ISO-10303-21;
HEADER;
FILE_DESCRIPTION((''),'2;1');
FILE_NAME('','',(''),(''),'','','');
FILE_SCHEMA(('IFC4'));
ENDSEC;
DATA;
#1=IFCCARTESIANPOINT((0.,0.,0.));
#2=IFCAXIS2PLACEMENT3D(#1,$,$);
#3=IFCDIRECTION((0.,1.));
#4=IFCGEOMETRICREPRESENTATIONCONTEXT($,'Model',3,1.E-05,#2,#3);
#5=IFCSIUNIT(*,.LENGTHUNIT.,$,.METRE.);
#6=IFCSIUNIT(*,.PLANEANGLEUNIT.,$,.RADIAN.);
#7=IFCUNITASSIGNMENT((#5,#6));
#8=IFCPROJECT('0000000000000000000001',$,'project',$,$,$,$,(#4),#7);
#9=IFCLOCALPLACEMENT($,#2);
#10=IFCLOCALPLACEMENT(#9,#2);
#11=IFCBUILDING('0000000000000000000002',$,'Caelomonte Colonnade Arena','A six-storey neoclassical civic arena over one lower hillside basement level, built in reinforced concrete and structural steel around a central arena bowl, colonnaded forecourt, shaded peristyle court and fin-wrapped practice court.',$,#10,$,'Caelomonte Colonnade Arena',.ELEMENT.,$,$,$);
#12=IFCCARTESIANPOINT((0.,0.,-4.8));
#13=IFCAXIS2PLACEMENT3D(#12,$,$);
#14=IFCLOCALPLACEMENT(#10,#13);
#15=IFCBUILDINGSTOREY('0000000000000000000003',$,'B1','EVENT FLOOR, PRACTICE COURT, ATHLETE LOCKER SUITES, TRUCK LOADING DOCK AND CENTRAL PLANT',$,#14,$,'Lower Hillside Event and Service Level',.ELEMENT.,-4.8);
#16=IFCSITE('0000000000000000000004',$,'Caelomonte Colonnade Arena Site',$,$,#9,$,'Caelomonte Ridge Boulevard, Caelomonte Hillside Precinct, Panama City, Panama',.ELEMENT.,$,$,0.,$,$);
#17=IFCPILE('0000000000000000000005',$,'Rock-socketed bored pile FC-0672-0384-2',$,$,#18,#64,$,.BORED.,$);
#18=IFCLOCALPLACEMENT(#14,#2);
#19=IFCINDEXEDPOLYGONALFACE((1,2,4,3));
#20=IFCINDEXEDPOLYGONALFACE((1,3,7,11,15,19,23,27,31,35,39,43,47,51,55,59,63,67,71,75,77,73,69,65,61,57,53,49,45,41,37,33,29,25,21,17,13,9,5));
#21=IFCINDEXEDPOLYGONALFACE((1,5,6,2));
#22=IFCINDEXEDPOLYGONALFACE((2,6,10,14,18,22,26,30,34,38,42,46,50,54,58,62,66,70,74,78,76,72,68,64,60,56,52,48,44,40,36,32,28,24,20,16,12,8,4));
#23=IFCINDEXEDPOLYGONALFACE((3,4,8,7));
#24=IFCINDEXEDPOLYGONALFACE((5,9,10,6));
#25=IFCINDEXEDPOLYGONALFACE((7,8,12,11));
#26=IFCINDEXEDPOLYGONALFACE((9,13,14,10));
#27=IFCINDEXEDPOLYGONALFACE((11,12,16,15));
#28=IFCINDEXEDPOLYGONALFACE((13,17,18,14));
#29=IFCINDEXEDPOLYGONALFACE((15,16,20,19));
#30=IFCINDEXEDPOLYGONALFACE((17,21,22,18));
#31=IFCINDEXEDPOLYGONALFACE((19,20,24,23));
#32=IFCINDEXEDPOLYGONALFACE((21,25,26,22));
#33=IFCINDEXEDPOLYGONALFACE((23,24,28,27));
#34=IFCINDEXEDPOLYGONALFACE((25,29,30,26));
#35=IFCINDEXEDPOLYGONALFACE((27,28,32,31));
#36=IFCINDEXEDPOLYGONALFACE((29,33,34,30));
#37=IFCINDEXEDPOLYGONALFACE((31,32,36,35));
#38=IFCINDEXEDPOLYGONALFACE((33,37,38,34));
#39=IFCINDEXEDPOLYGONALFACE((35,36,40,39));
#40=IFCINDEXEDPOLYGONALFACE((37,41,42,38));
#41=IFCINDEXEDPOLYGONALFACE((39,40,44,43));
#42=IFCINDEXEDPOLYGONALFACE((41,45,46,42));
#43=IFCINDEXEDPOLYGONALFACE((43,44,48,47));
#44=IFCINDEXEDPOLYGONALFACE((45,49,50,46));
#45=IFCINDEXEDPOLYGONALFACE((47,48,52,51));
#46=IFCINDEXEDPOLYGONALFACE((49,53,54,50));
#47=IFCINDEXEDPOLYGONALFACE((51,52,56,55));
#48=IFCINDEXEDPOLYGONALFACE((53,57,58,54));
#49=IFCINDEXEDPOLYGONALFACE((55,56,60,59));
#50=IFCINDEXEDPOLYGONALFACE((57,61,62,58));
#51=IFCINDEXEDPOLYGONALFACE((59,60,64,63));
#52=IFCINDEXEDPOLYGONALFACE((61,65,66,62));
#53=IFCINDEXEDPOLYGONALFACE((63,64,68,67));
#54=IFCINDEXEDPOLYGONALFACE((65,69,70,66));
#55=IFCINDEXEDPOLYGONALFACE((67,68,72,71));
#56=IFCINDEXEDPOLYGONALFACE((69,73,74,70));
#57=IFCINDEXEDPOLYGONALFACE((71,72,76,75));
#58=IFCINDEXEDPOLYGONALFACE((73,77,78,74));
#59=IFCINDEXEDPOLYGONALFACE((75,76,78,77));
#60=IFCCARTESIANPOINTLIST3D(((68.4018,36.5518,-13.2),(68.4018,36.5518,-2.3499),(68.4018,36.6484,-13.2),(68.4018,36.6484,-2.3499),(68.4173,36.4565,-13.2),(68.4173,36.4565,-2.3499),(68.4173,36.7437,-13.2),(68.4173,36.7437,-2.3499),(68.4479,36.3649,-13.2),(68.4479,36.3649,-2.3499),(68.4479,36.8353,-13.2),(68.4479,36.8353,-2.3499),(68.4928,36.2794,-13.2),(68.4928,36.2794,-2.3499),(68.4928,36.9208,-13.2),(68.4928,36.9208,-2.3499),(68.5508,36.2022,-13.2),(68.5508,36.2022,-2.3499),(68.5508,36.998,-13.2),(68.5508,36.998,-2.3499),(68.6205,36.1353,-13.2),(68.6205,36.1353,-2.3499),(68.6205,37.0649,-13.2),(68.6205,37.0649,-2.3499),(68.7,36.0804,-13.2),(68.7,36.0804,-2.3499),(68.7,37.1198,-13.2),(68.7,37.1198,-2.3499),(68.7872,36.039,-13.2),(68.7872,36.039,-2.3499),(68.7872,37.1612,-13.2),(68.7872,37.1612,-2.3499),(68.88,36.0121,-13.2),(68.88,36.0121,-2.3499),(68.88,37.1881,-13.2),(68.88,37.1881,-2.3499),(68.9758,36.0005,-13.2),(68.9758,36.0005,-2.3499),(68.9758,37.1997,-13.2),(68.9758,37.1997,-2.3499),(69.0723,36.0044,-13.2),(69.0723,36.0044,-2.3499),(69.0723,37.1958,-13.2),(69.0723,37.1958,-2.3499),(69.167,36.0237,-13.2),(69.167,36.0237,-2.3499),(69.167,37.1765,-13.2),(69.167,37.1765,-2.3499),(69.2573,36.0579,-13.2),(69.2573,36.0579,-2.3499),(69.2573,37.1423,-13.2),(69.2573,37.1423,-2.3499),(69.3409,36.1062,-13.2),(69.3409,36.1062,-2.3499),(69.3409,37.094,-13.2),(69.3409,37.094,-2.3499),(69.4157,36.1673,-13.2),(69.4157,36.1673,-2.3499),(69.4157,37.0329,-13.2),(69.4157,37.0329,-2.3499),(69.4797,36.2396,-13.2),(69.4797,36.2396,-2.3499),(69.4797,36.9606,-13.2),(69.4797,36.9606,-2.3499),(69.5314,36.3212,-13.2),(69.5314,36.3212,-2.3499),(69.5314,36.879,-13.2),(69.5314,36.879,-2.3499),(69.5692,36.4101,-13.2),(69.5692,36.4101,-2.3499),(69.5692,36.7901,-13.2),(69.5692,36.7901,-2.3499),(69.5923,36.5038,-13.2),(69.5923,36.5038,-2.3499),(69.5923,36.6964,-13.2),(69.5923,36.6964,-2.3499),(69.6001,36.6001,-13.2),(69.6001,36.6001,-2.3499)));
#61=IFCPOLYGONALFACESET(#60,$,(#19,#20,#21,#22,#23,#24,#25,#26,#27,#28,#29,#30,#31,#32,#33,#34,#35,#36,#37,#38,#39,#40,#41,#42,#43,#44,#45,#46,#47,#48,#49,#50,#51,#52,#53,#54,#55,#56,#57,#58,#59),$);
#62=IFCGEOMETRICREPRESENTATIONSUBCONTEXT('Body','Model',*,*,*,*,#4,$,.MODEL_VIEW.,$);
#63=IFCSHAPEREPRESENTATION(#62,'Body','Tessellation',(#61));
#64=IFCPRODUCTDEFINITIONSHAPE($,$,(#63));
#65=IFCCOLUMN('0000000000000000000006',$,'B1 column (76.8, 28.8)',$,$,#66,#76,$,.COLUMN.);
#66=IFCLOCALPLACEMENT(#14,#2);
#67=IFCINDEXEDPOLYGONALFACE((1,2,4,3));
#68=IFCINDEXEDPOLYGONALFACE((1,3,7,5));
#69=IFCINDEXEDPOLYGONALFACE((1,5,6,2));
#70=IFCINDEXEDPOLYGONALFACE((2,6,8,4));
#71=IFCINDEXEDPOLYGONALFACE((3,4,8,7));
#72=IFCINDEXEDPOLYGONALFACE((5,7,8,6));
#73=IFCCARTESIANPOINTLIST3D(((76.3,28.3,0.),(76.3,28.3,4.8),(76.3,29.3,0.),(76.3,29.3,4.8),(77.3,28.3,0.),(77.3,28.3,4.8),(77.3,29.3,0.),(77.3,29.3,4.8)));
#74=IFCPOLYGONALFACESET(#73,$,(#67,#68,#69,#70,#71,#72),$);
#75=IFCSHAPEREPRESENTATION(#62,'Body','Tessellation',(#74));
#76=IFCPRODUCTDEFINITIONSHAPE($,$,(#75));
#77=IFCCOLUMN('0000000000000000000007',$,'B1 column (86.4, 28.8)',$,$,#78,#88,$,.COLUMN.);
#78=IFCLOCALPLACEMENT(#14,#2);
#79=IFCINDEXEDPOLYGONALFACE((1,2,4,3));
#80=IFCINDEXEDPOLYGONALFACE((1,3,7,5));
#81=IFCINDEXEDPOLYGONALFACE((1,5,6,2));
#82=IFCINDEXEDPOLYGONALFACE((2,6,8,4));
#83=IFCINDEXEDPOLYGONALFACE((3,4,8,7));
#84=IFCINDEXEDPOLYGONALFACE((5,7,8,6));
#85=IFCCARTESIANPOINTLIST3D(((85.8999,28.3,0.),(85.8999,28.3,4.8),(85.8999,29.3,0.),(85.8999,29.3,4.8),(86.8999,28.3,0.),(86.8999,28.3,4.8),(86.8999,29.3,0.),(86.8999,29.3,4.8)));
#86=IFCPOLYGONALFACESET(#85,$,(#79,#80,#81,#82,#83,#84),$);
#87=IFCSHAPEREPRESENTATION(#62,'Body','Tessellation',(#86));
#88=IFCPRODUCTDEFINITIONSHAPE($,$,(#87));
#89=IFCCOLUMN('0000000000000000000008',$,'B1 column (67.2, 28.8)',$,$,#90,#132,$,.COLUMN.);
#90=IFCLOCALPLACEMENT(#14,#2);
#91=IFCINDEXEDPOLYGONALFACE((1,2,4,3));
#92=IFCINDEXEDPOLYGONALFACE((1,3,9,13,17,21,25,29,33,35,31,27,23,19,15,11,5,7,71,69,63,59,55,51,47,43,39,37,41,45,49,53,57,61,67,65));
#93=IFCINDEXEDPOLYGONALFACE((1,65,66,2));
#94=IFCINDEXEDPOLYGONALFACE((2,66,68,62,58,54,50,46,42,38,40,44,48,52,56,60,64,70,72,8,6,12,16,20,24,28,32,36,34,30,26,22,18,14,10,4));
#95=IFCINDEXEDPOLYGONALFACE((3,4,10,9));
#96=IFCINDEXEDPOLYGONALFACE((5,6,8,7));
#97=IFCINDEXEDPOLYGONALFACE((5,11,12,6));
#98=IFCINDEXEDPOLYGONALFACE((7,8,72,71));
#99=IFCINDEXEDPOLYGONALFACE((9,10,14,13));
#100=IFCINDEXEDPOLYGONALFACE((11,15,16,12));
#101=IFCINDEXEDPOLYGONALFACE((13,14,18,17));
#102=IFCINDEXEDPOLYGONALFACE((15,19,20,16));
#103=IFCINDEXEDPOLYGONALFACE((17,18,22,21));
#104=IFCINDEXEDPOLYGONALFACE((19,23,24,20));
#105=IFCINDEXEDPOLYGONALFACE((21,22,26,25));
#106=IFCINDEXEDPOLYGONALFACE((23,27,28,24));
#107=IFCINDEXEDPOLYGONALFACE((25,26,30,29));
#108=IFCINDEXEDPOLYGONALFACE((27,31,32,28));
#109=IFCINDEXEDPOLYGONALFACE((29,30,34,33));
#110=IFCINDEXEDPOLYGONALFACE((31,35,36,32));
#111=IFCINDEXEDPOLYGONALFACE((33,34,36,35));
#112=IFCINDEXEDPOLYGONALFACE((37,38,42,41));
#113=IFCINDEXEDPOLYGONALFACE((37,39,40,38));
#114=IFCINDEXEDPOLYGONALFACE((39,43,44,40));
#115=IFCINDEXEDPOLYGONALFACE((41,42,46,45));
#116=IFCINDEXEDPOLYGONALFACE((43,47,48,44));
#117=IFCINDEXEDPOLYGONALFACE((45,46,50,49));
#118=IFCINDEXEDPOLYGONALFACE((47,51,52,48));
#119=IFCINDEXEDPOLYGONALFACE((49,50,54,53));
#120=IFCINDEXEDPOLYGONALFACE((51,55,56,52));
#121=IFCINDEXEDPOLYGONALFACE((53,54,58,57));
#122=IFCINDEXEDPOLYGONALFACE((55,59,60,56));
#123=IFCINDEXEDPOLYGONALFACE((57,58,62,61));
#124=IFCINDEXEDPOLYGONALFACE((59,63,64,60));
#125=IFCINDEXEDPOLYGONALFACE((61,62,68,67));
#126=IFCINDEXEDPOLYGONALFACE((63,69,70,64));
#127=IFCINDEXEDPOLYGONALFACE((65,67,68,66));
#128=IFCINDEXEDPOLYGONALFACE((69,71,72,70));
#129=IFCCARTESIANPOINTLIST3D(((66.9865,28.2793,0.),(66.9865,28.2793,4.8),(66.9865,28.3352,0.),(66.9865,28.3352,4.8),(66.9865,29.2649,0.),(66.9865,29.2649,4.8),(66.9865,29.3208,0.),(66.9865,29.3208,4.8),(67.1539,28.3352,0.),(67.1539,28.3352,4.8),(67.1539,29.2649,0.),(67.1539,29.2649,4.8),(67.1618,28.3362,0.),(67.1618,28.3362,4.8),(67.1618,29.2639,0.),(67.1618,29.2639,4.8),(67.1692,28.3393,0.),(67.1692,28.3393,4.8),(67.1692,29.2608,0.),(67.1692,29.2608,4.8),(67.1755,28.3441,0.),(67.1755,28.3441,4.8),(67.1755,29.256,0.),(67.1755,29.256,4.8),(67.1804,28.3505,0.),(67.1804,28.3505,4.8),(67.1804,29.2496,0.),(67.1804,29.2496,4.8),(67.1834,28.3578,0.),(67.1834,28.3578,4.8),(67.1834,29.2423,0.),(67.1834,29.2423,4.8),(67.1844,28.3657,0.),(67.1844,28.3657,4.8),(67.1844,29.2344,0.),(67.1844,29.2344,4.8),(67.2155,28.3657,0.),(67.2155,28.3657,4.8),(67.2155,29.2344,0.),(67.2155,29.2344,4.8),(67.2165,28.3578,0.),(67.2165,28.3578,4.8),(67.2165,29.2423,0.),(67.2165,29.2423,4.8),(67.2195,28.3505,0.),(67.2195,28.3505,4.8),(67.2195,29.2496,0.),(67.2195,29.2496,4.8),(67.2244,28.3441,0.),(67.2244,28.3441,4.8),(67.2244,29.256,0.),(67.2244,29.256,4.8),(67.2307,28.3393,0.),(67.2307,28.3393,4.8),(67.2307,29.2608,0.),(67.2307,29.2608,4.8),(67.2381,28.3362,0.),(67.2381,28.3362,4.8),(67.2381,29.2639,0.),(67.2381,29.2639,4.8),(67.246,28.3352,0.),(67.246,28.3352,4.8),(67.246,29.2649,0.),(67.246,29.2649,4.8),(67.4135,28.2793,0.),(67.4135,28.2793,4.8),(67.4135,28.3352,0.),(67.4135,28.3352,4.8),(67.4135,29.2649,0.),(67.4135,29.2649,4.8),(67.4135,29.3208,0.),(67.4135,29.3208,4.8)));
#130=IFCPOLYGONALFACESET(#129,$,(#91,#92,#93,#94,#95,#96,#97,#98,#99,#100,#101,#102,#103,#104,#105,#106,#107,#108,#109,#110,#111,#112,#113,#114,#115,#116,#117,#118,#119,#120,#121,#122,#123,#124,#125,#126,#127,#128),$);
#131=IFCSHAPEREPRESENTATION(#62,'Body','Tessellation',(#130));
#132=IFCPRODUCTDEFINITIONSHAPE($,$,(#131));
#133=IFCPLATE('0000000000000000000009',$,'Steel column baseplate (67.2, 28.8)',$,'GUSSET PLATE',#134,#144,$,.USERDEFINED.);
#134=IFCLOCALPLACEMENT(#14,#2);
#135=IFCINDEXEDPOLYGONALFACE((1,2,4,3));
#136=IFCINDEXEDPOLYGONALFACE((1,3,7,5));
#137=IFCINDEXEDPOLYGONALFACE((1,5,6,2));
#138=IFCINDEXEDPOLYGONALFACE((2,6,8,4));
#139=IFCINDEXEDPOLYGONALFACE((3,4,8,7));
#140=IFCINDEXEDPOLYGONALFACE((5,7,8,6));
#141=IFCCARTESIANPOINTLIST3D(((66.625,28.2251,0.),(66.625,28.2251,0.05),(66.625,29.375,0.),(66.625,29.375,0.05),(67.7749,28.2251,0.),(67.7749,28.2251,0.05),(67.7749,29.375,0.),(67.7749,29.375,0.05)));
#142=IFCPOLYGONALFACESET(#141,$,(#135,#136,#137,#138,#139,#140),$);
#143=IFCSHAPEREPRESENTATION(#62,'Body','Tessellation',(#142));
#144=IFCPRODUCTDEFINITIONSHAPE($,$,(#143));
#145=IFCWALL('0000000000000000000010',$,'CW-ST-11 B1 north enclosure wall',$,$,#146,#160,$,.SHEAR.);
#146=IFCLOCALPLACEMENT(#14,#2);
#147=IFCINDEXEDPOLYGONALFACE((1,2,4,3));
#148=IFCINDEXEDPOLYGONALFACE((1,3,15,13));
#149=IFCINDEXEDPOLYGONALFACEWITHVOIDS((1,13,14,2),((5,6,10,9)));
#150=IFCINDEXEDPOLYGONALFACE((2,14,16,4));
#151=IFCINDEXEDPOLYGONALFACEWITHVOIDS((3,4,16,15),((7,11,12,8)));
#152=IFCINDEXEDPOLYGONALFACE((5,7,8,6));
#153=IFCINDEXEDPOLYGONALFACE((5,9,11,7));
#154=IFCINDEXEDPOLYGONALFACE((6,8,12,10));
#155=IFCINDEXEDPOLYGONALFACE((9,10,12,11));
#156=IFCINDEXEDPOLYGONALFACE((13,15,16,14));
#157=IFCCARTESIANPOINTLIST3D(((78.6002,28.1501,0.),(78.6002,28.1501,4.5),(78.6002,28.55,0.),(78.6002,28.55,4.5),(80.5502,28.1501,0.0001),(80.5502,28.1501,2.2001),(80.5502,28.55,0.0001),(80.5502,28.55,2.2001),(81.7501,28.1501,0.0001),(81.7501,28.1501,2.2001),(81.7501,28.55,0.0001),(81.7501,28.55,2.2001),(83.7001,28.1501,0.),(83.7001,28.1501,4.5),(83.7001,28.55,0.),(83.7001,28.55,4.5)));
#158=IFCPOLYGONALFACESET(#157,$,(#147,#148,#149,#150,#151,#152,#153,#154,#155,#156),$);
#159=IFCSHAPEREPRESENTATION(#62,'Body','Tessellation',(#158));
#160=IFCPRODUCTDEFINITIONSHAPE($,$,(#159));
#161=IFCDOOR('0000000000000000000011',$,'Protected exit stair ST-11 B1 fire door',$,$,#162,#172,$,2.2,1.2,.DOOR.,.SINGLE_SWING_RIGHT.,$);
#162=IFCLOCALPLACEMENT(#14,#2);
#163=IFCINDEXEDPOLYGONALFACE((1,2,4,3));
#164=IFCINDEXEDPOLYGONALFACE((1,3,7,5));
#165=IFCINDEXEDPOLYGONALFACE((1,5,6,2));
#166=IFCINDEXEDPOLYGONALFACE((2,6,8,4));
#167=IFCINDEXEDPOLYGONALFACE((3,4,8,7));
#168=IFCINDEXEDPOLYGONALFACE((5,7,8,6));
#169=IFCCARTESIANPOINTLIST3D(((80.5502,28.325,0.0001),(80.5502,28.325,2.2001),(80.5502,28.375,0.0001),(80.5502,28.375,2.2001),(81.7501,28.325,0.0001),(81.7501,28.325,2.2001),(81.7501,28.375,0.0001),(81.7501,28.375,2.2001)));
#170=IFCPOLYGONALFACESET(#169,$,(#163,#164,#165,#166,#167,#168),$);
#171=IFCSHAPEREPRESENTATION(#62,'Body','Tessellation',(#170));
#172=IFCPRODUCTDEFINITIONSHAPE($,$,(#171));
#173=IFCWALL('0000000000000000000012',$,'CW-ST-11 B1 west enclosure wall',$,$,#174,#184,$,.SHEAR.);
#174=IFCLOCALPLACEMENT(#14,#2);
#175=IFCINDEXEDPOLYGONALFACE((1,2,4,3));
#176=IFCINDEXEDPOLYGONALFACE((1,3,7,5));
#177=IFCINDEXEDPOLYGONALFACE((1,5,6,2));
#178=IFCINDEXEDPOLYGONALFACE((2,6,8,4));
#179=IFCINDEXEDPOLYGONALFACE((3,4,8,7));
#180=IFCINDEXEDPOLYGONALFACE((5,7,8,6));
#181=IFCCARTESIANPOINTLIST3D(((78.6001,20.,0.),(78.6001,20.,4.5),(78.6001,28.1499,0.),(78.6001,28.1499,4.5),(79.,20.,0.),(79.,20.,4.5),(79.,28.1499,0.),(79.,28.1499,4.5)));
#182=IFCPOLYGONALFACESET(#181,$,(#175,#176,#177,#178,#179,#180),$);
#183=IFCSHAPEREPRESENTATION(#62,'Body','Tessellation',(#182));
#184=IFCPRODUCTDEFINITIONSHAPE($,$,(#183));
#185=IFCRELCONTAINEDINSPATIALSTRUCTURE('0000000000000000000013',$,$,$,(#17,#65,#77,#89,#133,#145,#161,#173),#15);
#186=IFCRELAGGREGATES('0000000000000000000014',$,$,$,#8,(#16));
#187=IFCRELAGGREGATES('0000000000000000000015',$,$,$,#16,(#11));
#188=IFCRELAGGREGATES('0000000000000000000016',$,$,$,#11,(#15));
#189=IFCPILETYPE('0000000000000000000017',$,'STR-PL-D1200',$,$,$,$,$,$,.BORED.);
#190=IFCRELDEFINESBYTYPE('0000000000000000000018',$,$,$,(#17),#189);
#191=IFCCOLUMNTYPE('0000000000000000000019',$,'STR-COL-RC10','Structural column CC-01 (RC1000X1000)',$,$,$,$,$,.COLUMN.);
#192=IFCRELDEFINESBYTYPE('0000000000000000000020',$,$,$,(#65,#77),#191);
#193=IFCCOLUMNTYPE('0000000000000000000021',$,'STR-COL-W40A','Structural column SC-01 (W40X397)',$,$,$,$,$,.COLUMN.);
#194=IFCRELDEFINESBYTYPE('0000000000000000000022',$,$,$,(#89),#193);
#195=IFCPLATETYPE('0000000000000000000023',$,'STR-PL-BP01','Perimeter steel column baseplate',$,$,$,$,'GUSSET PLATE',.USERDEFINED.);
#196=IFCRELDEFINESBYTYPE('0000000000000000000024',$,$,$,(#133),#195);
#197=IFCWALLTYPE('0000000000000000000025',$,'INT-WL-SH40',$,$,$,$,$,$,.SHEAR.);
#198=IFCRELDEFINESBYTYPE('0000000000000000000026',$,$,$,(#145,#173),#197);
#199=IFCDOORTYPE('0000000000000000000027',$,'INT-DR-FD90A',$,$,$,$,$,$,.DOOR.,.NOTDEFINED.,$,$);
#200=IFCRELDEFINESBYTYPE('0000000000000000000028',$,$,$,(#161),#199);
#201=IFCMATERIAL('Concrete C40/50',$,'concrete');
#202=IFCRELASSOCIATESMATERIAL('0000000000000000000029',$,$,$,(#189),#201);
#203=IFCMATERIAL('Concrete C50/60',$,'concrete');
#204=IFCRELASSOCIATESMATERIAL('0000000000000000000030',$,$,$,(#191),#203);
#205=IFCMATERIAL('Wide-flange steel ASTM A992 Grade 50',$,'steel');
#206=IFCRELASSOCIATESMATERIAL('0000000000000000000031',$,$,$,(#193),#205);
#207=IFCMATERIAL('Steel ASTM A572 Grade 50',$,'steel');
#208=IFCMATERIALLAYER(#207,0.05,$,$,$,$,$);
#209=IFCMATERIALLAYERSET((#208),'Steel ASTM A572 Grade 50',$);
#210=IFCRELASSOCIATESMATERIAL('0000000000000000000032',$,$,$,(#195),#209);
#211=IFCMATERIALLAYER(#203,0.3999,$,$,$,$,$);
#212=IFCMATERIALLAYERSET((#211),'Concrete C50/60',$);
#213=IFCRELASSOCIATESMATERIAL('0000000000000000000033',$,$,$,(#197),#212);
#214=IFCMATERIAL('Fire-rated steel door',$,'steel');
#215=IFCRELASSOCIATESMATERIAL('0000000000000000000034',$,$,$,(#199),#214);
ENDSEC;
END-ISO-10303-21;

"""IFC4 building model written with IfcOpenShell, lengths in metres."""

from ifc_helpers import new_model, si_unit, direction, frame, frame_2d, origin, origin_2d, place, context, subcontext, project, spatial, rectangle, circle, i_section, extrude, material, layer, layer_set, material_profile, profile_set, type_object, element, fill, save


model = new_model("IFC4")

# Units and contexts
model_context = context("Model", 3, precision=1e-05, world=origin(), true_north=direction((0.0, 1.0)))
body_context = subcontext(model_context, "Body", "Model", "MODEL_VIEW")
ifc_project = project(units=[si_unit("LENGTHUNIT", "METRE"), si_unit("PLANEANGLEUNIT", "RADIAN")], contexts=[model_context])

# Site, building, storey
site_placement = place(None, origin())
site = spatial("IfcSite", under=ifc_project, at=site_placement, Name="Caelomonte Colonnade Arena Site", LongName="Caelomonte Ridge Boulevard, Caelomonte Hillside Precinct, Panama City, Panama", CompositionType="ELEMENT", RefElevation=0.0)
building_placement = place(site_placement, origin())
building = spatial("IfcBuilding", under=site, at=building_placement, Name="Caelomonte Colonnade Arena", Description="A six-storey neoclassical civic arena over one lower hillside basement level, built in reinforced concrete and structural steel around a central arena bowl, colonnaded forecourt, shaded peristyle court and fin-wrapped practice court.", LongName="Caelomonte Colonnade Arena", CompositionType="ELEMENT")
storey_placement = place(building_placement, frame((0.0, 0.0, -4.8)))
storey = spatial("IfcBuildingStorey", under=building, at=storey_placement, Name="B1", Description="EVENT FLOOR, PRACTICE COURT, ATHLETE LOCKER SUITES, TRUCK LOADING DOCK AND CENTRAL PLANT", LongName="Lower Hillside Event and Service Level", CompositionType="ELEMENT", Elevation=-4.8)

# Shared definitions
ifc_material_1 = material(Name="Concrete C40/50", Category="concrete")

# Pile
ifc_material_profile_1 = material_profile(ifc_material_1, circle(Radius=0.6001, at=origin_2d()), Name="PILE-D1200")
ifc_profile_set_1 = profile_set([ifc_material_profile_1], Name="Concrete C40/50")
pile_type_1 = type_object("IfcPileType", Name="STR-PL-D1200", PredefinedType="BORED", material=ifc_profile_set_1)
for number, where, z_axis, x_axis, name in (
    (1, (69.0, 36.6001, -2.3499), (0.0, 0.0, -1.0), (1.0, 0.0, 0.0), "Rock-socketed bored pile FC-0672-0384-2"),
):
    element("IfcPile", number, at=place(storey_placement, frame(where, z_axis=z_axis, x_axis=x_axis)), inside=storey, type_object=pile_type_1, Name=name, PredefinedType="BORED", context=body_context, shape_type="SweptSolid", body=[
        extrude(circle(Radius=0.6001, at=origin_2d()), origin(), (0.0, 0.0, 1.0), 10.8501),
    ])

# Columns
ifc_material_2 = material(Name="Concrete C50/60", Category="concrete")
ifc_material_profile_2 = material_profile(ifc_material_2, rectangle(XDim=1.0, YDim=1.0, at=origin_2d()), Name="RC1000X1000")
ifc_profile_set_2 = profile_set([ifc_material_profile_2], Name="Concrete C50/60")
column_type_1 = type_object("IfcColumnType", Name="STR-COL-RC10", Description="Structural column CC-01 (RC1000X1000)", PredefinedType="COLUMN", material=ifc_profile_set_2)
for number, where, z_axis, x_axis, name in (
    (2, (76.8, 28.8, 0.0), (0.0, 0.0, 1.0), (1.0, 0.0, 0.0), "B1 column (76.8, 28.8)"),
    (3, (86.3999, 28.8, 0.0), (0.0, 0.0, 1.0), (1.0, 0.0, 0.0), "B1 column (86.4, 28.8)"),
):
    element("IfcColumn", number, at=place(storey_placement, frame(where, z_axis=z_axis, x_axis=x_axis)), inside=storey, type_object=column_type_1, Name=name, PredefinedType="COLUMN", context=body_context, shape_type="SweptSolid", body=[
        extrude(rectangle(XDim=1.0, YDim=1.0, at=origin_2d()), origin(), (0.0, 0.0, 1.0), 4.8),
    ])
ifc_material_3 = material(Name="Wide-flange steel ASTM A992 Grade 50", Category="steel")
ifc_material_profile_3 = material_profile(ifc_material_3, i_section(OverallWidth=0.427, OverallDepth=1.0415, WebThickness=0.031, FlangeThickness=0.0559, FilletRadius=0.0305, at=origin_2d()), Name="W40X397")
ifc_profile_set_3 = profile_set([ifc_material_profile_3], Name="Wide-flange steel ASTM A992 Grade 50")
column_type_2 = type_object("IfcColumnType", Name="STR-COL-W40A", Description="Structural column SC-01 (W40X397)", PredefinedType="COLUMN", material=ifc_profile_set_3)
column_placement = place(storey_placement, frame((67.2, 28.8, 0.0), z_axis=(0.0, 0.0, 1.0), x_axis=(1.0, 0.0, 0.0)))
element("IfcColumn", 4, at=column_placement, inside=storey, type_object=column_type_2, Name="B1 column (67.2, 28.8)", PredefinedType="COLUMN", context=body_context, shape_type="SweptSolid", body=[
    extrude(i_section(OverallWidth=0.427, OverallDepth=1.0415, WebThickness=0.031, FlangeThickness=0.0559, FilletRadius=0.0305, at=origin_2d()), origin(), (0.0, 0.0, 1.0), 4.8),
])

# Plate
ifc_material_4 = material(Name="Steel ASTM A572 Grade 50", Category="steel")
ifc_layer_1 = layer(ifc_material_4, 0.05)
ifc_layer_set_1 = layer_set([ifc_layer_1], Name="Steel ASTM A572 Grade 50")
plate_type = type_object("IfcPlateType", Name="STR-PL-BP01", Description="Perimeter steel column baseplate", ElementType="GUSSET PLATE", PredefinedType="USERDEFINED", material=ifc_layer_set_1)
plate_placement = place(storey_placement, frame((67.2, 28.8, 0.0), z_axis=(0.0, 0.0, 1.0), x_axis=(1.0, 0.0, 0.0)))
element("IfcPlate", 5, at=plate_placement, inside=storey, type_object=plate_type, Name="Steel column baseplate (67.2, 28.8)", ObjectType="GUSSET PLATE", PredefinedType="USERDEFINED", context=body_context, shape_type="SweptSolid", body=[
    extrude(rectangle(XDim=1.1499, YDim=1.1499, at=origin_2d()), origin(), (0.0, 0.0, 1.0), 0.05),
])

# Wall, opening, door
ifc_layer_2 = layer(ifc_material_2, 0.3999)
ifc_layer_set_2 = layer_set([ifc_layer_2], Name="Concrete C50/60")
wall_type = type_object("IfcWallType", Name="INT-WL-SH40", PredefinedType="SHEAR", material=ifc_layer_set_2)
wall_1_placement = place(storey_placement, frame((83.7, 28.3501, 0.0), z_axis=(0.0, 0.0, 1.0), x_axis=(-1.0, 0.0, 0.0)))
wall_1 = element("IfcWall", 6, at=wall_1_placement, inside=storey, type_object=wall_type, Name="CW-ST-11 B1 north enclosure wall", PredefinedType="SHEAR", context=body_context, shape_type="SweptSolid", body=[
    extrude(rectangle(XDim=5.0999, YDim=0.3999, at=frame_2d((2.5498, 0.0))), origin(), (0.0, 0.0, 1.0), 4.5),
])
opening_placement = place(wall_1_placement, frame((3.1499, 0.0, 0.0), z_axis=(0.0, 0.0, 1.0), x_axis=(-1.0, 0.0, 0.0)))
opening = element("IfcOpeningElement", 7, at=opening_placement, cuts=wall_1, PredefinedType="OPENING", context=body_context, shape_type="SweptSolid", body=[
    extrude(rectangle(XDim=1.2, YDim=2.2, at=frame_2d((0.6001, 1.1001))), frame((0.0, 0.21, 0.0), z_axis=(0.0, -1.0, 0.0), x_axis=(1.0, 0.0, 0.0)), (0.0, 0.0, 1.0), 0.4199),
])
ifc_material_5 = material(Name="Fire-rated steel door", Category="steel")
door_type = type_object("IfcDoorType", Name="INT-DR-FD90A", OperationType="NOTDEFINED", PredefinedType="DOOR", material=ifc_material_5)
door_placement = place(opening_placement, origin())
door = element("IfcDoor", 8, at=door_placement, inside=storey, type_object=door_type, Name="Protected exit stair ST-11 B1 fire door", OperationType="SINGLE_SWING_RIGHT", OverallHeight=2.2, OverallWidth=1.2, PredefinedType="DOOR", context=body_context, shape_type="SweptSolid", body=[
    extrude(rectangle(XDim=1.2, YDim=2.2, at=frame_2d((0.6001, 1.1001))), frame((0.0, 0.0249, 0.0), z_axis=(0.0, -1.0, 0.0), x_axis=(1.0, 0.0, 0.0)), (0.0, 0.0, 1.0), 0.05),
])
fill(opening, door)

# Wall
wall_2_placement = place(storey_placement, frame((78.8, 28.1499, 0.0), z_axis=(0.0, 0.0, 1.0), x_axis=(0.0, -1.0, 0.0)))
element("IfcWall", 9, at=wall_2_placement, inside=storey, type_object=wall_type, Name="CW-ST-11 B1 west enclosure wall", PredefinedType="SHEAR", context=body_context, shape_type="SweptSolid", body=[
    extrude(rectangle(XDim=8.1499, YDim=0.3999, at=frame_2d((4.075, 0.0))), origin(), (0.0, 0.0, 1.0), 4.5),
])

save(model, "model.ifc")
